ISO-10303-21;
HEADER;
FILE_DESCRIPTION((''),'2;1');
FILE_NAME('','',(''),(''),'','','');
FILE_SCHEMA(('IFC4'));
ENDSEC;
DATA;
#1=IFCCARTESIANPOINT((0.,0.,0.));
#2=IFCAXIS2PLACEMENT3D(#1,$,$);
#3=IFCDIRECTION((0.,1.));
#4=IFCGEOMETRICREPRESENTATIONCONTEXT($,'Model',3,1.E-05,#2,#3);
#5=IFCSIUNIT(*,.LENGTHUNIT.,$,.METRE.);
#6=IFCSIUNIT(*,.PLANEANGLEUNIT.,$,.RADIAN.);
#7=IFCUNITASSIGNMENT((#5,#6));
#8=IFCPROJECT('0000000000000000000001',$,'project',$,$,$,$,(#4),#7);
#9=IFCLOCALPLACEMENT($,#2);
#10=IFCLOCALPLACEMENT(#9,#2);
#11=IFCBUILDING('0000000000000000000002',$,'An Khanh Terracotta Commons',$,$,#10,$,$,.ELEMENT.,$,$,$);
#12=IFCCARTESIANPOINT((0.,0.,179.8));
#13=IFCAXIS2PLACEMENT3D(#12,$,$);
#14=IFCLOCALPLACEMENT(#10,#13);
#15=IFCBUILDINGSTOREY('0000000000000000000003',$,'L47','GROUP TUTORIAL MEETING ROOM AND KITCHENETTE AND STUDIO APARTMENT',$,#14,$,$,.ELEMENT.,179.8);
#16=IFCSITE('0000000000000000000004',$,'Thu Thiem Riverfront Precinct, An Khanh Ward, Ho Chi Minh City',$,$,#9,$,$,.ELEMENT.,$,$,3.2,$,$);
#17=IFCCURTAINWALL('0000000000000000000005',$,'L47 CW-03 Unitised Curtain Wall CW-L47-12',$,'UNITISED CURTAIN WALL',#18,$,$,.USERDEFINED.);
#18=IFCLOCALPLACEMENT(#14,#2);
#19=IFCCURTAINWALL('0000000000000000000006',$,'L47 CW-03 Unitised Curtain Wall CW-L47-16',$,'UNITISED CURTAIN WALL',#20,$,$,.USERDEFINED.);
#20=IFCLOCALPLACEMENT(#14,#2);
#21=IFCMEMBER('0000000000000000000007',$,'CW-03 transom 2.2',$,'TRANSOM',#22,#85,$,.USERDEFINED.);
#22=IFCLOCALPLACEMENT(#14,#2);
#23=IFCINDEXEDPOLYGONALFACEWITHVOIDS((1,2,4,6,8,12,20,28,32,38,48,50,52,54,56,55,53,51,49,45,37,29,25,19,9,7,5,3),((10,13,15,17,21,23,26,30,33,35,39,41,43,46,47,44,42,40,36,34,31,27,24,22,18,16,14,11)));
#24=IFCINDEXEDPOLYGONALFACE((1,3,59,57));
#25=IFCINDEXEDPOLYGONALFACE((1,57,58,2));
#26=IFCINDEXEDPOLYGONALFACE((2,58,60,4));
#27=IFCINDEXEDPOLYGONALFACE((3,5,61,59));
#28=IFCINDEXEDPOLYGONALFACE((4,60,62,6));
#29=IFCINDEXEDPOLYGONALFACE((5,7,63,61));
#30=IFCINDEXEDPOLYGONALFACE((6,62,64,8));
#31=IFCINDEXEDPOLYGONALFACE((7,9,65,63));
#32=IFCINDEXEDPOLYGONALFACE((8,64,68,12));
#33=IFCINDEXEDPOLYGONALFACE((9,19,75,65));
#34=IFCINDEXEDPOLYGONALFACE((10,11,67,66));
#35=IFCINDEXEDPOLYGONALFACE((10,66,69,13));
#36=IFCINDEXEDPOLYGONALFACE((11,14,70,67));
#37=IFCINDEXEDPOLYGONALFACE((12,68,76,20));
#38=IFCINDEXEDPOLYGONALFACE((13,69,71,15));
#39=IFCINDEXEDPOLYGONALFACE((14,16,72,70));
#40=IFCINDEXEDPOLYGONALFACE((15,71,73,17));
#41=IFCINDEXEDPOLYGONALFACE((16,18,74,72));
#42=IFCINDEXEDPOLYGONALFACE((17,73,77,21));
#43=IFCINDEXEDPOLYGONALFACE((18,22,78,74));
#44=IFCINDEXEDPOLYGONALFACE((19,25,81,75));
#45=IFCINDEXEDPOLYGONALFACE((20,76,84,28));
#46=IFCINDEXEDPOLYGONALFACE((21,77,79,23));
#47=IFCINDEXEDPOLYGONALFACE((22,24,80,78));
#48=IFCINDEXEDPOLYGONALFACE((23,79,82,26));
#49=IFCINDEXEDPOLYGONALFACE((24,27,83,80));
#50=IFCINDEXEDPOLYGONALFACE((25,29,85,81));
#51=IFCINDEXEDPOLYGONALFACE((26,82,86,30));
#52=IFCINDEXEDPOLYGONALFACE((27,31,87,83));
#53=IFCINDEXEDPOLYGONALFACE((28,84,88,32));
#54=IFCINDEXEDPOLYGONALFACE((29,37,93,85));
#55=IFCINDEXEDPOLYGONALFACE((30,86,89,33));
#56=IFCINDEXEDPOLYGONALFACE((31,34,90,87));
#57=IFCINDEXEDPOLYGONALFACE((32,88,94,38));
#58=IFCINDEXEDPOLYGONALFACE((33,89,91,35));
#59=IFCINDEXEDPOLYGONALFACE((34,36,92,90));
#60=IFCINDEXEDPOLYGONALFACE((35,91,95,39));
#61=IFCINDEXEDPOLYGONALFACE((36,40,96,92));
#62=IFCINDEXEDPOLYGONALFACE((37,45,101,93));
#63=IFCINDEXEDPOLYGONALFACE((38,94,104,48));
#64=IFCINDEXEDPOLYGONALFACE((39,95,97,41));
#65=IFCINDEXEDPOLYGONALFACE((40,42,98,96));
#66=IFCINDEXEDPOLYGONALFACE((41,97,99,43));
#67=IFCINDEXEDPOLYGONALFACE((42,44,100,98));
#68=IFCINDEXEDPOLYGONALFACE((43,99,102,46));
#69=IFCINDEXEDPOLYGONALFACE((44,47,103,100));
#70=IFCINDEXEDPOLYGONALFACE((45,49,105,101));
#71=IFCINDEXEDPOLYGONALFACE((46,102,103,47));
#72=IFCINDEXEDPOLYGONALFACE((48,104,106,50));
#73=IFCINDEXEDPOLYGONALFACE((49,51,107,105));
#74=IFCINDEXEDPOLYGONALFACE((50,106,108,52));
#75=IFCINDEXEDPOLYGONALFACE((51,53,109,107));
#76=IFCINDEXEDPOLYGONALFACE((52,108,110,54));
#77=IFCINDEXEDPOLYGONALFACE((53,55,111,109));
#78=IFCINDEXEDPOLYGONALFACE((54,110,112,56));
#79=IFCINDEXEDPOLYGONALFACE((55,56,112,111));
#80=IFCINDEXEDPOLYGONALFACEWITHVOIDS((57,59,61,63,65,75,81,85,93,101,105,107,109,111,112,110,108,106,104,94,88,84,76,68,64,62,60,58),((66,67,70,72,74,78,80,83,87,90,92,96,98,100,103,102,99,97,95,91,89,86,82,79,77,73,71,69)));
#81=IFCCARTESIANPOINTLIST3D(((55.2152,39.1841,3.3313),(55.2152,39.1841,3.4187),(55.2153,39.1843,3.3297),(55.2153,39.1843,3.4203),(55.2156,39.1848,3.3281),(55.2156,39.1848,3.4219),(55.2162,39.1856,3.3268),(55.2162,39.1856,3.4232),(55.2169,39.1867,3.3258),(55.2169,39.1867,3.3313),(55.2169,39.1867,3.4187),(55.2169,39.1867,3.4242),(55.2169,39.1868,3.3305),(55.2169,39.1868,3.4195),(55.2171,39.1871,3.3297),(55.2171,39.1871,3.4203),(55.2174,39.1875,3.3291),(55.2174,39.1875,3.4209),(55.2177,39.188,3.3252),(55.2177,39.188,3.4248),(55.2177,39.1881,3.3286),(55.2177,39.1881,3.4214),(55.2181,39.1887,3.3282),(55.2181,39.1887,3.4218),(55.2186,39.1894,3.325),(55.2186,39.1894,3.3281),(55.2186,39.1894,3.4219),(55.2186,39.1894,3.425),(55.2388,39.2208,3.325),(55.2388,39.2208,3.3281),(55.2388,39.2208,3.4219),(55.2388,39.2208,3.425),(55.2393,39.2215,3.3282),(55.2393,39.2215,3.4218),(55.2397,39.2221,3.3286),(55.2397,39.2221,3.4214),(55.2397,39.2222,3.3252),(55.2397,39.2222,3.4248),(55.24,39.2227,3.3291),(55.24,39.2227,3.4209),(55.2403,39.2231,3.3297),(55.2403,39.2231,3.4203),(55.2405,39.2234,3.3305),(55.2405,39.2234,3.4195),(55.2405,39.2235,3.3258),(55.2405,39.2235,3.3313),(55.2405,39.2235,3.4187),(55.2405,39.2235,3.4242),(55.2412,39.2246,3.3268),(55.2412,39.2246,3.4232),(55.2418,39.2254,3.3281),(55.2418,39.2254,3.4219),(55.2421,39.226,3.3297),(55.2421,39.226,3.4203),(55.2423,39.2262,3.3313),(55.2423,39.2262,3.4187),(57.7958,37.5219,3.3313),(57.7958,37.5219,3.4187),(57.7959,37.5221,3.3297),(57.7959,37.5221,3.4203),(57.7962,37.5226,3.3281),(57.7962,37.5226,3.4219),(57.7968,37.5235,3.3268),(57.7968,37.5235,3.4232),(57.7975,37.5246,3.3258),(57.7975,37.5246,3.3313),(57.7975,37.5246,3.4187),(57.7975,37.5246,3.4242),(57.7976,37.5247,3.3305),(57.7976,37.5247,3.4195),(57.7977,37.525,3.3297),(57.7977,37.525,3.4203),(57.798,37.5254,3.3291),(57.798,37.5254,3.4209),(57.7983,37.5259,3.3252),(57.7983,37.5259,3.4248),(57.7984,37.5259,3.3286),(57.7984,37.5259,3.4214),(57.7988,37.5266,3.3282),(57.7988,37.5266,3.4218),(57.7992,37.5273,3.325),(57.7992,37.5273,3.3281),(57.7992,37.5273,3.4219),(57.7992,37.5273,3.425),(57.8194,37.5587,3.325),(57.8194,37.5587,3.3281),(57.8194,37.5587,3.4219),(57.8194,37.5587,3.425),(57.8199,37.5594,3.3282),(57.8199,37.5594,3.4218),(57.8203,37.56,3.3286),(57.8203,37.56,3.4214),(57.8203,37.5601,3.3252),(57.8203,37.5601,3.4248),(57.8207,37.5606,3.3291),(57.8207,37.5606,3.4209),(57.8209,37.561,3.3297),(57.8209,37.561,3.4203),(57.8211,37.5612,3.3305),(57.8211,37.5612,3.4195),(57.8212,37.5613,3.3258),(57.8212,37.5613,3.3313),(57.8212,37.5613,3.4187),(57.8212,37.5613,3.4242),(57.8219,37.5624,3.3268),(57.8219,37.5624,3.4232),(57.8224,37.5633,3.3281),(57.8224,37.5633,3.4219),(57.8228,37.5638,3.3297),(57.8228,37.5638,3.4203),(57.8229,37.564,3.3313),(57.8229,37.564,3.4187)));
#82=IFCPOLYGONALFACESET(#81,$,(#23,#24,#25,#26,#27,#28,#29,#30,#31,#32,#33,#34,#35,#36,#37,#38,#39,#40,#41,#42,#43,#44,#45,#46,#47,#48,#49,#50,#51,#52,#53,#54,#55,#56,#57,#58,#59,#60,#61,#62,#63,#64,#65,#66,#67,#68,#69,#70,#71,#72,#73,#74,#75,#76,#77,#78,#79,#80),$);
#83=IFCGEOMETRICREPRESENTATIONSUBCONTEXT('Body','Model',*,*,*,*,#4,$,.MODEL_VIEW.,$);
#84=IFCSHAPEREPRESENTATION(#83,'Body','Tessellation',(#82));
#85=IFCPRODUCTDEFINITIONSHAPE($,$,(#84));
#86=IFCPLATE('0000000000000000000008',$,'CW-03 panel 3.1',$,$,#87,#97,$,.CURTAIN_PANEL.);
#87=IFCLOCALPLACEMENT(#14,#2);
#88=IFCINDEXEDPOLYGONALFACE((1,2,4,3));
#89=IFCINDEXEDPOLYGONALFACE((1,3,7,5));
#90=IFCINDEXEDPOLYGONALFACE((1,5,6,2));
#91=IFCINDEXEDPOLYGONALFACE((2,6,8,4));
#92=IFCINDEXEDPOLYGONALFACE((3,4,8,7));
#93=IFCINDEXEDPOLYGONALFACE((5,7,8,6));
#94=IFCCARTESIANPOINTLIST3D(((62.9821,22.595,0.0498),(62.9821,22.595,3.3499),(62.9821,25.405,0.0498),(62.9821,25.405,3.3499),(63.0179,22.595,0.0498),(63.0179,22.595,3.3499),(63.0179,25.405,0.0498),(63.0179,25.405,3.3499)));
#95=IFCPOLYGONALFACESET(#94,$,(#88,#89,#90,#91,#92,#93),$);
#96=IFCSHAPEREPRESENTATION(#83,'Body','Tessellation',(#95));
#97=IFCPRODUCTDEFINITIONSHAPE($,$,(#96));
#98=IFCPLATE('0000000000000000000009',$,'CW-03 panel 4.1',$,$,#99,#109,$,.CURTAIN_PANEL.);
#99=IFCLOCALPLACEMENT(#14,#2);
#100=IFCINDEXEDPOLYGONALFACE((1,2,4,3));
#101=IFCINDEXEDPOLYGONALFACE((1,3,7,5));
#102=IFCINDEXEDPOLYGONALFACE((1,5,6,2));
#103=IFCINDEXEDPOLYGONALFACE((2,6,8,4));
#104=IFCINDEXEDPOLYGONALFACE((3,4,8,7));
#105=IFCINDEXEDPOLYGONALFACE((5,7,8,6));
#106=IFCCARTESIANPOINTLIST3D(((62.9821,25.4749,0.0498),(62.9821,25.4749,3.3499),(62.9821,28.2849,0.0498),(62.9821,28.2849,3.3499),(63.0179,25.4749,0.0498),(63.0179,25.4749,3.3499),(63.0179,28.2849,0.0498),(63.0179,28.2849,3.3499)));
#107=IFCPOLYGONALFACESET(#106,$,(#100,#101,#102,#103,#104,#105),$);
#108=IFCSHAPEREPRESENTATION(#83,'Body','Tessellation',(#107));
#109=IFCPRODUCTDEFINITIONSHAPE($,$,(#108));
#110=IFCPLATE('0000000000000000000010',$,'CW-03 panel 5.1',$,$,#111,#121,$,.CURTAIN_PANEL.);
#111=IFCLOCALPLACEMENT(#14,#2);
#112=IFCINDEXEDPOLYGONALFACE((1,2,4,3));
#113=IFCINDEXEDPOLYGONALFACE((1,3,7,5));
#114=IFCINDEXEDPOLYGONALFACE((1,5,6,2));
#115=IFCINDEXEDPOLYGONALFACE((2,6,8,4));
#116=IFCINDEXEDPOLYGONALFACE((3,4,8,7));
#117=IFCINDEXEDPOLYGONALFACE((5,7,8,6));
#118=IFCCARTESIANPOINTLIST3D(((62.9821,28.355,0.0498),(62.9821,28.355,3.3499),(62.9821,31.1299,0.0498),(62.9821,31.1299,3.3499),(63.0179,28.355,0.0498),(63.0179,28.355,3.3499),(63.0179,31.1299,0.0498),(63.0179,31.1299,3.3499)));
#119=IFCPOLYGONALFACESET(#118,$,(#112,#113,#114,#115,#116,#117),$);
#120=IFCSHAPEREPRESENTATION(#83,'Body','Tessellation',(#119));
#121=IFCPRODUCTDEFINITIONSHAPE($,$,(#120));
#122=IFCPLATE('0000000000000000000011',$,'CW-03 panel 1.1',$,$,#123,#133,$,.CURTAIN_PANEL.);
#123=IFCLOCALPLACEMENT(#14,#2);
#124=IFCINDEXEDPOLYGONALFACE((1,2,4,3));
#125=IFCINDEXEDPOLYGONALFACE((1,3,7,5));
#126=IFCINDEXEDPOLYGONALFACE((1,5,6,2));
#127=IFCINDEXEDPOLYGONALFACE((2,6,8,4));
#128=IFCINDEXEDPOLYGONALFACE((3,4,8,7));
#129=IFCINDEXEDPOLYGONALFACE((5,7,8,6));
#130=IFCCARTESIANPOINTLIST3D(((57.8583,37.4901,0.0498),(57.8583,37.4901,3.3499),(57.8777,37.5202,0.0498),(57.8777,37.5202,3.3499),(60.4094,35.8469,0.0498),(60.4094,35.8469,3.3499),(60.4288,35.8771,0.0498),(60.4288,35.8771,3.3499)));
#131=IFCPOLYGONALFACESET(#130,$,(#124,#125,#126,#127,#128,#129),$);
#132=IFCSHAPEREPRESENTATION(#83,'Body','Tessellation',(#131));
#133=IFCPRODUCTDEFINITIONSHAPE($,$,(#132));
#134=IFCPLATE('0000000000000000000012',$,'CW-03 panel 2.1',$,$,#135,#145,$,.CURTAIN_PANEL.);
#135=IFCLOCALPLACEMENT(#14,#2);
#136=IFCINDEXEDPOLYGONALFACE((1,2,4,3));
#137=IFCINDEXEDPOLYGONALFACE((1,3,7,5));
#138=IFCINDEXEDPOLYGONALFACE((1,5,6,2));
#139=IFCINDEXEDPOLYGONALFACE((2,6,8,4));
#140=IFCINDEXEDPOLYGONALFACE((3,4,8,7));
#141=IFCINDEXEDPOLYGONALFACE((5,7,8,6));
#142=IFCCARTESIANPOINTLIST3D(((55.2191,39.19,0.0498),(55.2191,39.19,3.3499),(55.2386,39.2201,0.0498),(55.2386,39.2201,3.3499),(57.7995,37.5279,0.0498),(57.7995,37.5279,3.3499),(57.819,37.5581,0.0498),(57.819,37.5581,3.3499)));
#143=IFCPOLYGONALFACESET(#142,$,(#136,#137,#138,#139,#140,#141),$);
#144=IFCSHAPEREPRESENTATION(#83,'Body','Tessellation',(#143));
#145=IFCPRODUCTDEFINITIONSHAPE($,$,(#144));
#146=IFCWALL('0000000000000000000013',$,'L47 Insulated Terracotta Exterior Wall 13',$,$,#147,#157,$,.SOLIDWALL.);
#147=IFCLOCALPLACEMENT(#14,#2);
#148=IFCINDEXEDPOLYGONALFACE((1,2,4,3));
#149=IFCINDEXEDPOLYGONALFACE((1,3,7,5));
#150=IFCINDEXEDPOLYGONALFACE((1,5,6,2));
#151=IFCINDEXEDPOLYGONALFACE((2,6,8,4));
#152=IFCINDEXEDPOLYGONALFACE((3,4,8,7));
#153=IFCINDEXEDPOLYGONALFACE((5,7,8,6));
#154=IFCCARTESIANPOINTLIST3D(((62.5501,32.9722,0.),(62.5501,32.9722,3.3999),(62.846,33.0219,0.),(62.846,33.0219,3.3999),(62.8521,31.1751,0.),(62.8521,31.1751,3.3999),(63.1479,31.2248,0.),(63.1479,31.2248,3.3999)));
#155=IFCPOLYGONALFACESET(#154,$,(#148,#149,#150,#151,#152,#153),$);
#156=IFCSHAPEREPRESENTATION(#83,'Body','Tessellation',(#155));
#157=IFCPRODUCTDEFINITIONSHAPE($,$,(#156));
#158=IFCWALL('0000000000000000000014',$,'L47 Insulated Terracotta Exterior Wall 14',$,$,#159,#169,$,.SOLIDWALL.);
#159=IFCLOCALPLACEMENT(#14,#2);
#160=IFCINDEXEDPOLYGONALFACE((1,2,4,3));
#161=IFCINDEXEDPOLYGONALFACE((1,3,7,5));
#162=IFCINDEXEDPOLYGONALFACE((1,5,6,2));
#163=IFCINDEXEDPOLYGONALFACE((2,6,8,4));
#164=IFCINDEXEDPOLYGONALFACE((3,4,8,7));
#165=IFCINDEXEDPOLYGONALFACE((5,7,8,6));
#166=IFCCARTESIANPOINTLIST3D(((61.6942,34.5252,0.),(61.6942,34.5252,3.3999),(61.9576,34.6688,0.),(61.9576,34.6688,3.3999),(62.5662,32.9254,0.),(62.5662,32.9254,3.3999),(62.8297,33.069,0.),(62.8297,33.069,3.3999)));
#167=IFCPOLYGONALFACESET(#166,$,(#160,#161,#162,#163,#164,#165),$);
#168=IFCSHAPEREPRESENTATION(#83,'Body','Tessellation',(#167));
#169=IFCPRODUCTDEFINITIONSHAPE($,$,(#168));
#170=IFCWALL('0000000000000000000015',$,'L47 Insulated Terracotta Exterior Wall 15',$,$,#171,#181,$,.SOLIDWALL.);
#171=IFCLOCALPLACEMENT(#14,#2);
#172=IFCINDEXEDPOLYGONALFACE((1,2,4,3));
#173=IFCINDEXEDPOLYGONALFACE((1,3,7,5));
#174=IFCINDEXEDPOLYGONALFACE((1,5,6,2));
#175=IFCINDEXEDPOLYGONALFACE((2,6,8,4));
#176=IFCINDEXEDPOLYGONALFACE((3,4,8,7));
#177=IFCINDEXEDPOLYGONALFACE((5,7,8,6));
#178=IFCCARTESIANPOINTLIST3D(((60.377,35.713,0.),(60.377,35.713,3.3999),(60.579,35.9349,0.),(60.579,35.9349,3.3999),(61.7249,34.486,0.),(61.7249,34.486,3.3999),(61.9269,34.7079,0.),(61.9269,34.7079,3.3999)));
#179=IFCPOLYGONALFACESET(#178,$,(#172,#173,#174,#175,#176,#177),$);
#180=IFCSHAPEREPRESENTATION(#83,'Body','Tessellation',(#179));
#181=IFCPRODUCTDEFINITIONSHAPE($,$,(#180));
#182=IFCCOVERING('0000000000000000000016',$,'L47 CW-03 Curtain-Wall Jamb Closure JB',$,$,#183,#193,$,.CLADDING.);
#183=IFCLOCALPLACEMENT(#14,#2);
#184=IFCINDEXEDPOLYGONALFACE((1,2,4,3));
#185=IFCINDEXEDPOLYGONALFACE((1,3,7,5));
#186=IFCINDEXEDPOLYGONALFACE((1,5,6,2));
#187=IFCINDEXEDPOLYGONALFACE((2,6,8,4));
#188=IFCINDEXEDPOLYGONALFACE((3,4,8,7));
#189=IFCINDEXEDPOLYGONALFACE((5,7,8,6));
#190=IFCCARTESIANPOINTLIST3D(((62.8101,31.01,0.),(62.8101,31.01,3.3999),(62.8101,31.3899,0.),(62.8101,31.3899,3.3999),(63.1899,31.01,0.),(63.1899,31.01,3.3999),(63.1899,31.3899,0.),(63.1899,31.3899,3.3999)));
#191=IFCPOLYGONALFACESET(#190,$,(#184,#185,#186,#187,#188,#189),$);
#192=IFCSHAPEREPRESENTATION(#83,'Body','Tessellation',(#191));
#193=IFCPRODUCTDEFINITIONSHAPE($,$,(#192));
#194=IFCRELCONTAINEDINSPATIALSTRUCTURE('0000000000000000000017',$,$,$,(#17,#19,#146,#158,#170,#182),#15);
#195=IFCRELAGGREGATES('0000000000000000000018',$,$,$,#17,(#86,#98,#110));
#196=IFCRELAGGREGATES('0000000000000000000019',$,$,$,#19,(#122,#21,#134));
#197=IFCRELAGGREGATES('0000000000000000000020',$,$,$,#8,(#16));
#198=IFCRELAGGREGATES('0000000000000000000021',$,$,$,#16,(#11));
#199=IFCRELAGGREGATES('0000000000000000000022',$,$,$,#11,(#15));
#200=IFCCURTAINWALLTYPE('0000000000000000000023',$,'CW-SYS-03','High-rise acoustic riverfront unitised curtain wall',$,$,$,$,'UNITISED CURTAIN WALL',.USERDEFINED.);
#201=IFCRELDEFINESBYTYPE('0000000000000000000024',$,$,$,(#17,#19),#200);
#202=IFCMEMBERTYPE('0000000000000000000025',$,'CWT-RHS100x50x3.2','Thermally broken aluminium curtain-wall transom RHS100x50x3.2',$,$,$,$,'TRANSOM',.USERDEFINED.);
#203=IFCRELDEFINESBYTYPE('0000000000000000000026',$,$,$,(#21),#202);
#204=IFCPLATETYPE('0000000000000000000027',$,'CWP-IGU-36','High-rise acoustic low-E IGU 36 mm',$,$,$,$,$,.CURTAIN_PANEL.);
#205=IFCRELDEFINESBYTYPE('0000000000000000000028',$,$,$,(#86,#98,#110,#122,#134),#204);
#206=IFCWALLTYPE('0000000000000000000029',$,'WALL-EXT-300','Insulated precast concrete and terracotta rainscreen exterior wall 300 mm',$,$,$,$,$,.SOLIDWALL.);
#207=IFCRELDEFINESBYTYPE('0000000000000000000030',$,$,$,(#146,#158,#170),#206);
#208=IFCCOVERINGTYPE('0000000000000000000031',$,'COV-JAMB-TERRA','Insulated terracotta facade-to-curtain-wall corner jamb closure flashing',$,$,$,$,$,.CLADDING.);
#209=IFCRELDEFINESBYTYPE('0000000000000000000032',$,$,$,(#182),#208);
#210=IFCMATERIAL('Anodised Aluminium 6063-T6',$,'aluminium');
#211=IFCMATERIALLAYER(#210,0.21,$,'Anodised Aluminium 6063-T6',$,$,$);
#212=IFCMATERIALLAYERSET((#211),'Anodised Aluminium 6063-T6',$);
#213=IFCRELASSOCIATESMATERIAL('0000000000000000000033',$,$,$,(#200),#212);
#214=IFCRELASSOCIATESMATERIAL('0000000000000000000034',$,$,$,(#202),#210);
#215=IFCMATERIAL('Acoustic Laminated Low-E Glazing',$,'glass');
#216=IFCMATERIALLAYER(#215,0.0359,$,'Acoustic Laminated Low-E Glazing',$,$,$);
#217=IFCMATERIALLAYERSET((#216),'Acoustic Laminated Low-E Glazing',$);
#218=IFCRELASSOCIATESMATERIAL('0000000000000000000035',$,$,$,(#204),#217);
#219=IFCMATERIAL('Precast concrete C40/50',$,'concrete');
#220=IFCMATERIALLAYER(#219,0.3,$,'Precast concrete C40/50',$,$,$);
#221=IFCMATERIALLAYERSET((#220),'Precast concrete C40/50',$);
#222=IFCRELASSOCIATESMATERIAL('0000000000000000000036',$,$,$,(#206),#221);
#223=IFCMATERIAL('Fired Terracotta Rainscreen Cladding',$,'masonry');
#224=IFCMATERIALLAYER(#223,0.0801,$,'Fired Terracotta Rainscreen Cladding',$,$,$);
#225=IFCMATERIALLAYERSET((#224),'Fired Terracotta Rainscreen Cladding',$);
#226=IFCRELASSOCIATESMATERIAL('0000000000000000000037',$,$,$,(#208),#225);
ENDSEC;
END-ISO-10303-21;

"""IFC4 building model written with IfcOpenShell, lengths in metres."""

from ifc_helpers import new_model, si_unit, direction, frame, frame_2d, origin, origin_2d, place, context, subcontext, project, spatial, rectangle, hollow_rectangle, extrude, material, layer, layer_set, material_profile, profile_set, type_object, element, aggregate, save


model = new_model("IFC4")

# Units and contexts
model_context = context("Model", 3, precision=1e-05, world=origin(), true_north=direction((0.0, 1.0)))
body_context = subcontext(model_context, "Body", "Model", "MODEL_VIEW")
ifc_project = project(units=[si_unit("LENGTHUNIT", "METRE"), si_unit("PLANEANGLEUNIT", "RADIAN")], contexts=[model_context])

# Site, building, storey
site_placement = place(None, origin())
site = spatial("IfcSite", under=ifc_project, at=site_placement, Name="Thu Thiem Riverfront Precinct, An Khanh Ward, Ho Chi Minh City", CompositionType="ELEMENT", RefElevation=3.2)
building_placement = place(site_placement, origin())
building = spatial("IfcBuilding", under=site, at=building_placement, Name="An Khanh Terracotta Commons", CompositionType="ELEMENT")
storey_placement = place(building_placement, frame((0.0, 0.0, 179.8)))
storey = spatial("IfcBuildingStorey", under=building, at=storey_placement, Name="L47", Description="GROUP TUTORIAL MEETING ROOM AND KITCHENETTE AND STUDIO APARTMENT", CompositionType="ELEMENT", Elevation=179.8)

# Curtain walls
ifc_material_1 = material(Name="Anodised Aluminium 6063-T6", Category="aluminium")
ifc_layer_1 = layer(ifc_material_1, 0.21, Name="Anodised Aluminium 6063-T6")
ifc_layer_set_1 = layer_set([ifc_layer_1], Name="Anodised Aluminium 6063-T6")
curtain_wall_type = type_object("IfcCurtainWallType", Name="CW-SYS-03", Description="High-rise acoustic riverfront unitised curtain wall", ElementType="UNITISED CURTAIN WALL", PredefinedType="USERDEFINED", material=ifc_layer_set_1)
curtain_wall_1_placement = place(storey_placement, origin())
curtain_wall_1 = element("IfcCurtainWall", 1, at=curtain_wall_1_placement, inside=storey, type_object=curtain_wall_type, Name="L47 CW-03 Unitised Curtain Wall CW-L47-12", ObjectType="UNITISED CURTAIN WALL", PredefinedType="USERDEFINED")
curtain_wall_2_placement = place(storey_placement, origin())
curtain_wall_2 = element("IfcCurtainWall", 2, at=curtain_wall_2_placement, inside=storey, type_object=curtain_wall_type, Name="L47 CW-03 Unitised Curtain Wall CW-L47-16", ObjectType="UNITISED CURTAIN WALL", PredefinedType="USERDEFINED")

# Member
ifc_material_profile_1 = material_profile(ifc_material_1, hollow_rectangle(XDim=0.05, YDim=0.1001, WallThickness=0.0032, InnerFilletRadius=0.0032, OuterFilletRadius=0.0063, at=origin_2d()), Name="RHS100x50x3.2")
ifc_profile_set_1 = profile_set([ifc_material_profile_1], Name="Anodised Aluminium 6063-T6")
member_type_1 = type_object("IfcMemberType", Name="CWT-RHS100x50x3.2", Description="Thermally broken aluminium curtain-wall transom RHS100x50x3.2", ElementType="TRANSOM", PredefinedType="USERDEFINED", material=ifc_profile_set_1)
member_1_placement = place(storey_placement, frame((57.8093, 37.543, 3.375), z_axis=(-0.840708, 0.541489, 0.0), x_axis=(-0.541489, -0.840708, 0.0)))
member_1 = element("IfcMember", 3, at=member_1_placement, type_object=member_type_1, Name="CW-03 transom 2.2", ObjectType="TRANSOM", PredefinedType="USERDEFINED", context=body_context, shape_type="SweptSolid", body=[
    extrude(hollow_rectangle(XDim=0.05, YDim=0.1001, WallThickness=0.0032, InnerFilletRadius=0.0032, OuterFilletRadius=0.0063, at=origin_2d()), origin(), (0.0, 0.0, 1.0), 3.0696),
])

# Plates
ifc_material_2 = material(Name="Acoustic Laminated Low-E Glazing", Category="glass")
ifc_layer_2 = layer(ifc_material_2, 0.0359, Name="Acoustic Laminated Low-E Glazing")
ifc_layer_set_2 = layer_set([ifc_layer_2], Name="Acoustic Laminated Low-E Glazing")
plate_type = type_object("IfcPlateType", Name="CWP-IGU-36", Description="High-rise acoustic low-E IGU 36 mm", PredefinedType="CURTAIN_PANEL", material=ifc_layer_set_2)
plate_1_placement = place(storey_placement, frame((63.0, 24.0, 0.0498), z_axis=(0.0, 0.0, 1.0), x_axis=(0.0, 1.0, 0.0)))
plate_1 = element("IfcPlate", 4, at=plate_1_placement, type_object=plate_type, Name="CW-03 panel 3.1", PredefinedType="CURTAIN_PANEL", context=body_context, shape_type="SweptSolid", body=[
    extrude(rectangle(XDim=2.8101, YDim=0.0359, at=origin_2d()), origin(), (0.0, 0.0, 1.0), 3.3),
])
plate_2_placement = place(storey_placement, frame((63.0, 26.8799, 0.0498), z_axis=(0.0, 0.0, 1.0), x_axis=(0.0, 1.0, 0.0)))
plate_2 = element("IfcPlate", 5, at=plate_2_placement, type_object=plate_type, Name="CW-03 panel 4.1", PredefinedType="CURTAIN_PANEL", context=body_context, shape_type="SweptSolid", body=[
    extrude(rectangle(XDim=2.8101, YDim=0.0359, at=origin_2d()), origin(), (0.0, 0.0, 1.0), 3.3),
])
plate_3_placement = place(storey_placement, frame((63.0, 29.7424, 0.0498), z_axis=(0.0, 0.0, 1.0), x_axis=(0.0, 1.0, 0.0)))
plate_3 = element("IfcPlate", 6, at=plate_3_placement, type_object=plate_type, Name="CW-03 panel 5.1", PredefinedType="CURTAIN_PANEL", context=body_context, shape_type="SweptSolid", body=[
    extrude(rectangle(XDim=2.7749, YDim=0.0359, at=origin_2d()), origin(), (0.0, 0.0, 1.0), 3.3),
])
aggregate(curtain_wall_1, [plate_1, plate_2, plate_3])
plate_4_placement = place(storey_placement, frame((59.1436, 36.6836, 0.0498), z_axis=(0.0, 0.0, 1.0), x_axis=(-0.840702, 0.541498, 0.0)))
plate_4 = element("IfcPlate", 7, at=plate_4_placement, type_object=plate_type, Name="CW-03 panel 1.1", PredefinedType="CURTAIN_PANEL", context=body_context, shape_type="SweptSolid", body=[
    extrude(rectangle(XDim=3.0344, YDim=0.0359, at=origin_2d()), origin(), (0.0, 0.0, 1.0), 3.3),
])
plate_5_placement = place(storey_placement, frame((56.519, 38.374, 0.0498), z_axis=(0.0, 0.0, 1.0), x_axis=(-0.840702, 0.541498, 0.0)))
plate_5 = element("IfcPlate", 8, at=plate_5_placement, type_object=plate_type, Name="CW-03 panel 2.1", PredefinedType="CURTAIN_PANEL", context=body_context, shape_type="SweptSolid", body=[
    extrude(rectangle(XDim=3.0693, YDim=0.0359, at=origin_2d()), origin(), (0.0, 0.0, 1.0), 3.3),
])
aggregate(curtain_wall_2, [plate_4, member_1, plate_5])

# Walls
ifc_material_3 = material(Name="Precast concrete C40/50", Category="concrete")
ifc_layer_3 = layer(ifc_material_3, 0.3, Name="Precast concrete C40/50")
ifc_layer_set_3 = layer_set([ifc_layer_3], Name="Precast concrete C40/50")
wall_type = type_object("IfcWallType", Name="WALL-EXT-300", Description="Insulated precast concrete and terracotta rainscreen exterior wall 300 mm", PredefinedType="SOLIDWALL", material=ifc_layer_set_3)
wall_1_placement = place(storey_placement, frame((63.0, 31.2, 0.0), z_axis=(0.0, 0.0, 1.0), x_axis=(-0.165724, 0.986172, 0.0)))
element("IfcWall", 9, at=wall_1_placement, inside=storey, type_object=wall_type, Name="L47 Insulated Terracotta Exterior Wall 13", PredefinedType="SOLIDWALL", context=body_context, shape_type="SweptSolid", body=[
    extrude(rectangle(XDim=1.8223, YDim=0.3, at=frame_2d((0.9111, 0.0))), origin(), (0.0, 0.0, 1.0), 3.3999),
])
wall_2_placement = place(storey_placement, frame((62.698, 32.9971, 0.0), z_axis=(0.0, 0.0, 1.0), x_axis=(-0.478608, 0.878029, 0.0)))
element("IfcWall", 10, at=wall_2_placement, inside=storey, type_object=wall_type, Name="L47 Insulated Terracotta Exterior Wall 14", PredefinedType="SOLIDWALL", context=body_context, shape_type="SweptSolid", body=[
    extrude(rectangle(XDim=1.822, YDim=0.3, at=frame_2d((0.9111, 0.0))), origin(), (0.0, 0.0, 1.0), 3.3999),
])
wall_3_placement = place(storey_placement, frame((61.8259, 34.5969, 0.0), z_axis=(0.0, 0.0, 1.0), x_axis=(-0.739479, 0.673179, 0.0)))
element("IfcWall", 11, at=wall_3_placement, inside=storey, type_object=wall_type, Name="L47 Insulated Terracotta Exterior Wall 15", PredefinedType="SOLIDWALL", context=body_context, shape_type="SweptSolid", body=[
    extrude(rectangle(XDim=1.8228, YDim=0.3, at=frame_2d((0.9114, 0.0))), origin(), (0.0, 0.0, 1.0), 3.3999),
])

# Covering
ifc_material_4 = material(Name="Fired Terracotta Rainscreen Cladding", Category="masonry")
ifc_layer_4 = layer(ifc_material_4, 0.0801, Name="Fired Terracotta Rainscreen Cladding")
ifc_layer_set_4 = layer_set([ifc_layer_4], Name="Fired Terracotta Rainscreen Cladding")
covering_type = type_object("IfcCoveringType", Name="COV-JAMB-TERRA", Description="Insulated terracotta facade-to-curtain-wall corner jamb closure flashing", PredefinedType="CLADDING", material=ifc_layer_set_4)
for number, where, z_axis, x_axis, name in (
    (12, (63.0, 31.2, 0.0), (0.0, 0.0, 1.0), (1.0, 0.0, 0.0), "L47 CW-03 Curtain-Wall Jamb Closure JB"),
):
    element("IfcCovering", number, at=place(storey_placement, frame(where, z_axis=z_axis, x_axis=x_axis)), inside=storey, type_object=covering_type, Name=name, PredefinedType="CLADDING", context=body_context, shape_type="SweptSolid", body=[
        extrude(rectangle(XDim=0.3799, YDim=0.3799, at=origin_2d()), origin(), (0.0, 0.0, 1.0), 3.3999),
    ])

save(model, "model.ifc")
